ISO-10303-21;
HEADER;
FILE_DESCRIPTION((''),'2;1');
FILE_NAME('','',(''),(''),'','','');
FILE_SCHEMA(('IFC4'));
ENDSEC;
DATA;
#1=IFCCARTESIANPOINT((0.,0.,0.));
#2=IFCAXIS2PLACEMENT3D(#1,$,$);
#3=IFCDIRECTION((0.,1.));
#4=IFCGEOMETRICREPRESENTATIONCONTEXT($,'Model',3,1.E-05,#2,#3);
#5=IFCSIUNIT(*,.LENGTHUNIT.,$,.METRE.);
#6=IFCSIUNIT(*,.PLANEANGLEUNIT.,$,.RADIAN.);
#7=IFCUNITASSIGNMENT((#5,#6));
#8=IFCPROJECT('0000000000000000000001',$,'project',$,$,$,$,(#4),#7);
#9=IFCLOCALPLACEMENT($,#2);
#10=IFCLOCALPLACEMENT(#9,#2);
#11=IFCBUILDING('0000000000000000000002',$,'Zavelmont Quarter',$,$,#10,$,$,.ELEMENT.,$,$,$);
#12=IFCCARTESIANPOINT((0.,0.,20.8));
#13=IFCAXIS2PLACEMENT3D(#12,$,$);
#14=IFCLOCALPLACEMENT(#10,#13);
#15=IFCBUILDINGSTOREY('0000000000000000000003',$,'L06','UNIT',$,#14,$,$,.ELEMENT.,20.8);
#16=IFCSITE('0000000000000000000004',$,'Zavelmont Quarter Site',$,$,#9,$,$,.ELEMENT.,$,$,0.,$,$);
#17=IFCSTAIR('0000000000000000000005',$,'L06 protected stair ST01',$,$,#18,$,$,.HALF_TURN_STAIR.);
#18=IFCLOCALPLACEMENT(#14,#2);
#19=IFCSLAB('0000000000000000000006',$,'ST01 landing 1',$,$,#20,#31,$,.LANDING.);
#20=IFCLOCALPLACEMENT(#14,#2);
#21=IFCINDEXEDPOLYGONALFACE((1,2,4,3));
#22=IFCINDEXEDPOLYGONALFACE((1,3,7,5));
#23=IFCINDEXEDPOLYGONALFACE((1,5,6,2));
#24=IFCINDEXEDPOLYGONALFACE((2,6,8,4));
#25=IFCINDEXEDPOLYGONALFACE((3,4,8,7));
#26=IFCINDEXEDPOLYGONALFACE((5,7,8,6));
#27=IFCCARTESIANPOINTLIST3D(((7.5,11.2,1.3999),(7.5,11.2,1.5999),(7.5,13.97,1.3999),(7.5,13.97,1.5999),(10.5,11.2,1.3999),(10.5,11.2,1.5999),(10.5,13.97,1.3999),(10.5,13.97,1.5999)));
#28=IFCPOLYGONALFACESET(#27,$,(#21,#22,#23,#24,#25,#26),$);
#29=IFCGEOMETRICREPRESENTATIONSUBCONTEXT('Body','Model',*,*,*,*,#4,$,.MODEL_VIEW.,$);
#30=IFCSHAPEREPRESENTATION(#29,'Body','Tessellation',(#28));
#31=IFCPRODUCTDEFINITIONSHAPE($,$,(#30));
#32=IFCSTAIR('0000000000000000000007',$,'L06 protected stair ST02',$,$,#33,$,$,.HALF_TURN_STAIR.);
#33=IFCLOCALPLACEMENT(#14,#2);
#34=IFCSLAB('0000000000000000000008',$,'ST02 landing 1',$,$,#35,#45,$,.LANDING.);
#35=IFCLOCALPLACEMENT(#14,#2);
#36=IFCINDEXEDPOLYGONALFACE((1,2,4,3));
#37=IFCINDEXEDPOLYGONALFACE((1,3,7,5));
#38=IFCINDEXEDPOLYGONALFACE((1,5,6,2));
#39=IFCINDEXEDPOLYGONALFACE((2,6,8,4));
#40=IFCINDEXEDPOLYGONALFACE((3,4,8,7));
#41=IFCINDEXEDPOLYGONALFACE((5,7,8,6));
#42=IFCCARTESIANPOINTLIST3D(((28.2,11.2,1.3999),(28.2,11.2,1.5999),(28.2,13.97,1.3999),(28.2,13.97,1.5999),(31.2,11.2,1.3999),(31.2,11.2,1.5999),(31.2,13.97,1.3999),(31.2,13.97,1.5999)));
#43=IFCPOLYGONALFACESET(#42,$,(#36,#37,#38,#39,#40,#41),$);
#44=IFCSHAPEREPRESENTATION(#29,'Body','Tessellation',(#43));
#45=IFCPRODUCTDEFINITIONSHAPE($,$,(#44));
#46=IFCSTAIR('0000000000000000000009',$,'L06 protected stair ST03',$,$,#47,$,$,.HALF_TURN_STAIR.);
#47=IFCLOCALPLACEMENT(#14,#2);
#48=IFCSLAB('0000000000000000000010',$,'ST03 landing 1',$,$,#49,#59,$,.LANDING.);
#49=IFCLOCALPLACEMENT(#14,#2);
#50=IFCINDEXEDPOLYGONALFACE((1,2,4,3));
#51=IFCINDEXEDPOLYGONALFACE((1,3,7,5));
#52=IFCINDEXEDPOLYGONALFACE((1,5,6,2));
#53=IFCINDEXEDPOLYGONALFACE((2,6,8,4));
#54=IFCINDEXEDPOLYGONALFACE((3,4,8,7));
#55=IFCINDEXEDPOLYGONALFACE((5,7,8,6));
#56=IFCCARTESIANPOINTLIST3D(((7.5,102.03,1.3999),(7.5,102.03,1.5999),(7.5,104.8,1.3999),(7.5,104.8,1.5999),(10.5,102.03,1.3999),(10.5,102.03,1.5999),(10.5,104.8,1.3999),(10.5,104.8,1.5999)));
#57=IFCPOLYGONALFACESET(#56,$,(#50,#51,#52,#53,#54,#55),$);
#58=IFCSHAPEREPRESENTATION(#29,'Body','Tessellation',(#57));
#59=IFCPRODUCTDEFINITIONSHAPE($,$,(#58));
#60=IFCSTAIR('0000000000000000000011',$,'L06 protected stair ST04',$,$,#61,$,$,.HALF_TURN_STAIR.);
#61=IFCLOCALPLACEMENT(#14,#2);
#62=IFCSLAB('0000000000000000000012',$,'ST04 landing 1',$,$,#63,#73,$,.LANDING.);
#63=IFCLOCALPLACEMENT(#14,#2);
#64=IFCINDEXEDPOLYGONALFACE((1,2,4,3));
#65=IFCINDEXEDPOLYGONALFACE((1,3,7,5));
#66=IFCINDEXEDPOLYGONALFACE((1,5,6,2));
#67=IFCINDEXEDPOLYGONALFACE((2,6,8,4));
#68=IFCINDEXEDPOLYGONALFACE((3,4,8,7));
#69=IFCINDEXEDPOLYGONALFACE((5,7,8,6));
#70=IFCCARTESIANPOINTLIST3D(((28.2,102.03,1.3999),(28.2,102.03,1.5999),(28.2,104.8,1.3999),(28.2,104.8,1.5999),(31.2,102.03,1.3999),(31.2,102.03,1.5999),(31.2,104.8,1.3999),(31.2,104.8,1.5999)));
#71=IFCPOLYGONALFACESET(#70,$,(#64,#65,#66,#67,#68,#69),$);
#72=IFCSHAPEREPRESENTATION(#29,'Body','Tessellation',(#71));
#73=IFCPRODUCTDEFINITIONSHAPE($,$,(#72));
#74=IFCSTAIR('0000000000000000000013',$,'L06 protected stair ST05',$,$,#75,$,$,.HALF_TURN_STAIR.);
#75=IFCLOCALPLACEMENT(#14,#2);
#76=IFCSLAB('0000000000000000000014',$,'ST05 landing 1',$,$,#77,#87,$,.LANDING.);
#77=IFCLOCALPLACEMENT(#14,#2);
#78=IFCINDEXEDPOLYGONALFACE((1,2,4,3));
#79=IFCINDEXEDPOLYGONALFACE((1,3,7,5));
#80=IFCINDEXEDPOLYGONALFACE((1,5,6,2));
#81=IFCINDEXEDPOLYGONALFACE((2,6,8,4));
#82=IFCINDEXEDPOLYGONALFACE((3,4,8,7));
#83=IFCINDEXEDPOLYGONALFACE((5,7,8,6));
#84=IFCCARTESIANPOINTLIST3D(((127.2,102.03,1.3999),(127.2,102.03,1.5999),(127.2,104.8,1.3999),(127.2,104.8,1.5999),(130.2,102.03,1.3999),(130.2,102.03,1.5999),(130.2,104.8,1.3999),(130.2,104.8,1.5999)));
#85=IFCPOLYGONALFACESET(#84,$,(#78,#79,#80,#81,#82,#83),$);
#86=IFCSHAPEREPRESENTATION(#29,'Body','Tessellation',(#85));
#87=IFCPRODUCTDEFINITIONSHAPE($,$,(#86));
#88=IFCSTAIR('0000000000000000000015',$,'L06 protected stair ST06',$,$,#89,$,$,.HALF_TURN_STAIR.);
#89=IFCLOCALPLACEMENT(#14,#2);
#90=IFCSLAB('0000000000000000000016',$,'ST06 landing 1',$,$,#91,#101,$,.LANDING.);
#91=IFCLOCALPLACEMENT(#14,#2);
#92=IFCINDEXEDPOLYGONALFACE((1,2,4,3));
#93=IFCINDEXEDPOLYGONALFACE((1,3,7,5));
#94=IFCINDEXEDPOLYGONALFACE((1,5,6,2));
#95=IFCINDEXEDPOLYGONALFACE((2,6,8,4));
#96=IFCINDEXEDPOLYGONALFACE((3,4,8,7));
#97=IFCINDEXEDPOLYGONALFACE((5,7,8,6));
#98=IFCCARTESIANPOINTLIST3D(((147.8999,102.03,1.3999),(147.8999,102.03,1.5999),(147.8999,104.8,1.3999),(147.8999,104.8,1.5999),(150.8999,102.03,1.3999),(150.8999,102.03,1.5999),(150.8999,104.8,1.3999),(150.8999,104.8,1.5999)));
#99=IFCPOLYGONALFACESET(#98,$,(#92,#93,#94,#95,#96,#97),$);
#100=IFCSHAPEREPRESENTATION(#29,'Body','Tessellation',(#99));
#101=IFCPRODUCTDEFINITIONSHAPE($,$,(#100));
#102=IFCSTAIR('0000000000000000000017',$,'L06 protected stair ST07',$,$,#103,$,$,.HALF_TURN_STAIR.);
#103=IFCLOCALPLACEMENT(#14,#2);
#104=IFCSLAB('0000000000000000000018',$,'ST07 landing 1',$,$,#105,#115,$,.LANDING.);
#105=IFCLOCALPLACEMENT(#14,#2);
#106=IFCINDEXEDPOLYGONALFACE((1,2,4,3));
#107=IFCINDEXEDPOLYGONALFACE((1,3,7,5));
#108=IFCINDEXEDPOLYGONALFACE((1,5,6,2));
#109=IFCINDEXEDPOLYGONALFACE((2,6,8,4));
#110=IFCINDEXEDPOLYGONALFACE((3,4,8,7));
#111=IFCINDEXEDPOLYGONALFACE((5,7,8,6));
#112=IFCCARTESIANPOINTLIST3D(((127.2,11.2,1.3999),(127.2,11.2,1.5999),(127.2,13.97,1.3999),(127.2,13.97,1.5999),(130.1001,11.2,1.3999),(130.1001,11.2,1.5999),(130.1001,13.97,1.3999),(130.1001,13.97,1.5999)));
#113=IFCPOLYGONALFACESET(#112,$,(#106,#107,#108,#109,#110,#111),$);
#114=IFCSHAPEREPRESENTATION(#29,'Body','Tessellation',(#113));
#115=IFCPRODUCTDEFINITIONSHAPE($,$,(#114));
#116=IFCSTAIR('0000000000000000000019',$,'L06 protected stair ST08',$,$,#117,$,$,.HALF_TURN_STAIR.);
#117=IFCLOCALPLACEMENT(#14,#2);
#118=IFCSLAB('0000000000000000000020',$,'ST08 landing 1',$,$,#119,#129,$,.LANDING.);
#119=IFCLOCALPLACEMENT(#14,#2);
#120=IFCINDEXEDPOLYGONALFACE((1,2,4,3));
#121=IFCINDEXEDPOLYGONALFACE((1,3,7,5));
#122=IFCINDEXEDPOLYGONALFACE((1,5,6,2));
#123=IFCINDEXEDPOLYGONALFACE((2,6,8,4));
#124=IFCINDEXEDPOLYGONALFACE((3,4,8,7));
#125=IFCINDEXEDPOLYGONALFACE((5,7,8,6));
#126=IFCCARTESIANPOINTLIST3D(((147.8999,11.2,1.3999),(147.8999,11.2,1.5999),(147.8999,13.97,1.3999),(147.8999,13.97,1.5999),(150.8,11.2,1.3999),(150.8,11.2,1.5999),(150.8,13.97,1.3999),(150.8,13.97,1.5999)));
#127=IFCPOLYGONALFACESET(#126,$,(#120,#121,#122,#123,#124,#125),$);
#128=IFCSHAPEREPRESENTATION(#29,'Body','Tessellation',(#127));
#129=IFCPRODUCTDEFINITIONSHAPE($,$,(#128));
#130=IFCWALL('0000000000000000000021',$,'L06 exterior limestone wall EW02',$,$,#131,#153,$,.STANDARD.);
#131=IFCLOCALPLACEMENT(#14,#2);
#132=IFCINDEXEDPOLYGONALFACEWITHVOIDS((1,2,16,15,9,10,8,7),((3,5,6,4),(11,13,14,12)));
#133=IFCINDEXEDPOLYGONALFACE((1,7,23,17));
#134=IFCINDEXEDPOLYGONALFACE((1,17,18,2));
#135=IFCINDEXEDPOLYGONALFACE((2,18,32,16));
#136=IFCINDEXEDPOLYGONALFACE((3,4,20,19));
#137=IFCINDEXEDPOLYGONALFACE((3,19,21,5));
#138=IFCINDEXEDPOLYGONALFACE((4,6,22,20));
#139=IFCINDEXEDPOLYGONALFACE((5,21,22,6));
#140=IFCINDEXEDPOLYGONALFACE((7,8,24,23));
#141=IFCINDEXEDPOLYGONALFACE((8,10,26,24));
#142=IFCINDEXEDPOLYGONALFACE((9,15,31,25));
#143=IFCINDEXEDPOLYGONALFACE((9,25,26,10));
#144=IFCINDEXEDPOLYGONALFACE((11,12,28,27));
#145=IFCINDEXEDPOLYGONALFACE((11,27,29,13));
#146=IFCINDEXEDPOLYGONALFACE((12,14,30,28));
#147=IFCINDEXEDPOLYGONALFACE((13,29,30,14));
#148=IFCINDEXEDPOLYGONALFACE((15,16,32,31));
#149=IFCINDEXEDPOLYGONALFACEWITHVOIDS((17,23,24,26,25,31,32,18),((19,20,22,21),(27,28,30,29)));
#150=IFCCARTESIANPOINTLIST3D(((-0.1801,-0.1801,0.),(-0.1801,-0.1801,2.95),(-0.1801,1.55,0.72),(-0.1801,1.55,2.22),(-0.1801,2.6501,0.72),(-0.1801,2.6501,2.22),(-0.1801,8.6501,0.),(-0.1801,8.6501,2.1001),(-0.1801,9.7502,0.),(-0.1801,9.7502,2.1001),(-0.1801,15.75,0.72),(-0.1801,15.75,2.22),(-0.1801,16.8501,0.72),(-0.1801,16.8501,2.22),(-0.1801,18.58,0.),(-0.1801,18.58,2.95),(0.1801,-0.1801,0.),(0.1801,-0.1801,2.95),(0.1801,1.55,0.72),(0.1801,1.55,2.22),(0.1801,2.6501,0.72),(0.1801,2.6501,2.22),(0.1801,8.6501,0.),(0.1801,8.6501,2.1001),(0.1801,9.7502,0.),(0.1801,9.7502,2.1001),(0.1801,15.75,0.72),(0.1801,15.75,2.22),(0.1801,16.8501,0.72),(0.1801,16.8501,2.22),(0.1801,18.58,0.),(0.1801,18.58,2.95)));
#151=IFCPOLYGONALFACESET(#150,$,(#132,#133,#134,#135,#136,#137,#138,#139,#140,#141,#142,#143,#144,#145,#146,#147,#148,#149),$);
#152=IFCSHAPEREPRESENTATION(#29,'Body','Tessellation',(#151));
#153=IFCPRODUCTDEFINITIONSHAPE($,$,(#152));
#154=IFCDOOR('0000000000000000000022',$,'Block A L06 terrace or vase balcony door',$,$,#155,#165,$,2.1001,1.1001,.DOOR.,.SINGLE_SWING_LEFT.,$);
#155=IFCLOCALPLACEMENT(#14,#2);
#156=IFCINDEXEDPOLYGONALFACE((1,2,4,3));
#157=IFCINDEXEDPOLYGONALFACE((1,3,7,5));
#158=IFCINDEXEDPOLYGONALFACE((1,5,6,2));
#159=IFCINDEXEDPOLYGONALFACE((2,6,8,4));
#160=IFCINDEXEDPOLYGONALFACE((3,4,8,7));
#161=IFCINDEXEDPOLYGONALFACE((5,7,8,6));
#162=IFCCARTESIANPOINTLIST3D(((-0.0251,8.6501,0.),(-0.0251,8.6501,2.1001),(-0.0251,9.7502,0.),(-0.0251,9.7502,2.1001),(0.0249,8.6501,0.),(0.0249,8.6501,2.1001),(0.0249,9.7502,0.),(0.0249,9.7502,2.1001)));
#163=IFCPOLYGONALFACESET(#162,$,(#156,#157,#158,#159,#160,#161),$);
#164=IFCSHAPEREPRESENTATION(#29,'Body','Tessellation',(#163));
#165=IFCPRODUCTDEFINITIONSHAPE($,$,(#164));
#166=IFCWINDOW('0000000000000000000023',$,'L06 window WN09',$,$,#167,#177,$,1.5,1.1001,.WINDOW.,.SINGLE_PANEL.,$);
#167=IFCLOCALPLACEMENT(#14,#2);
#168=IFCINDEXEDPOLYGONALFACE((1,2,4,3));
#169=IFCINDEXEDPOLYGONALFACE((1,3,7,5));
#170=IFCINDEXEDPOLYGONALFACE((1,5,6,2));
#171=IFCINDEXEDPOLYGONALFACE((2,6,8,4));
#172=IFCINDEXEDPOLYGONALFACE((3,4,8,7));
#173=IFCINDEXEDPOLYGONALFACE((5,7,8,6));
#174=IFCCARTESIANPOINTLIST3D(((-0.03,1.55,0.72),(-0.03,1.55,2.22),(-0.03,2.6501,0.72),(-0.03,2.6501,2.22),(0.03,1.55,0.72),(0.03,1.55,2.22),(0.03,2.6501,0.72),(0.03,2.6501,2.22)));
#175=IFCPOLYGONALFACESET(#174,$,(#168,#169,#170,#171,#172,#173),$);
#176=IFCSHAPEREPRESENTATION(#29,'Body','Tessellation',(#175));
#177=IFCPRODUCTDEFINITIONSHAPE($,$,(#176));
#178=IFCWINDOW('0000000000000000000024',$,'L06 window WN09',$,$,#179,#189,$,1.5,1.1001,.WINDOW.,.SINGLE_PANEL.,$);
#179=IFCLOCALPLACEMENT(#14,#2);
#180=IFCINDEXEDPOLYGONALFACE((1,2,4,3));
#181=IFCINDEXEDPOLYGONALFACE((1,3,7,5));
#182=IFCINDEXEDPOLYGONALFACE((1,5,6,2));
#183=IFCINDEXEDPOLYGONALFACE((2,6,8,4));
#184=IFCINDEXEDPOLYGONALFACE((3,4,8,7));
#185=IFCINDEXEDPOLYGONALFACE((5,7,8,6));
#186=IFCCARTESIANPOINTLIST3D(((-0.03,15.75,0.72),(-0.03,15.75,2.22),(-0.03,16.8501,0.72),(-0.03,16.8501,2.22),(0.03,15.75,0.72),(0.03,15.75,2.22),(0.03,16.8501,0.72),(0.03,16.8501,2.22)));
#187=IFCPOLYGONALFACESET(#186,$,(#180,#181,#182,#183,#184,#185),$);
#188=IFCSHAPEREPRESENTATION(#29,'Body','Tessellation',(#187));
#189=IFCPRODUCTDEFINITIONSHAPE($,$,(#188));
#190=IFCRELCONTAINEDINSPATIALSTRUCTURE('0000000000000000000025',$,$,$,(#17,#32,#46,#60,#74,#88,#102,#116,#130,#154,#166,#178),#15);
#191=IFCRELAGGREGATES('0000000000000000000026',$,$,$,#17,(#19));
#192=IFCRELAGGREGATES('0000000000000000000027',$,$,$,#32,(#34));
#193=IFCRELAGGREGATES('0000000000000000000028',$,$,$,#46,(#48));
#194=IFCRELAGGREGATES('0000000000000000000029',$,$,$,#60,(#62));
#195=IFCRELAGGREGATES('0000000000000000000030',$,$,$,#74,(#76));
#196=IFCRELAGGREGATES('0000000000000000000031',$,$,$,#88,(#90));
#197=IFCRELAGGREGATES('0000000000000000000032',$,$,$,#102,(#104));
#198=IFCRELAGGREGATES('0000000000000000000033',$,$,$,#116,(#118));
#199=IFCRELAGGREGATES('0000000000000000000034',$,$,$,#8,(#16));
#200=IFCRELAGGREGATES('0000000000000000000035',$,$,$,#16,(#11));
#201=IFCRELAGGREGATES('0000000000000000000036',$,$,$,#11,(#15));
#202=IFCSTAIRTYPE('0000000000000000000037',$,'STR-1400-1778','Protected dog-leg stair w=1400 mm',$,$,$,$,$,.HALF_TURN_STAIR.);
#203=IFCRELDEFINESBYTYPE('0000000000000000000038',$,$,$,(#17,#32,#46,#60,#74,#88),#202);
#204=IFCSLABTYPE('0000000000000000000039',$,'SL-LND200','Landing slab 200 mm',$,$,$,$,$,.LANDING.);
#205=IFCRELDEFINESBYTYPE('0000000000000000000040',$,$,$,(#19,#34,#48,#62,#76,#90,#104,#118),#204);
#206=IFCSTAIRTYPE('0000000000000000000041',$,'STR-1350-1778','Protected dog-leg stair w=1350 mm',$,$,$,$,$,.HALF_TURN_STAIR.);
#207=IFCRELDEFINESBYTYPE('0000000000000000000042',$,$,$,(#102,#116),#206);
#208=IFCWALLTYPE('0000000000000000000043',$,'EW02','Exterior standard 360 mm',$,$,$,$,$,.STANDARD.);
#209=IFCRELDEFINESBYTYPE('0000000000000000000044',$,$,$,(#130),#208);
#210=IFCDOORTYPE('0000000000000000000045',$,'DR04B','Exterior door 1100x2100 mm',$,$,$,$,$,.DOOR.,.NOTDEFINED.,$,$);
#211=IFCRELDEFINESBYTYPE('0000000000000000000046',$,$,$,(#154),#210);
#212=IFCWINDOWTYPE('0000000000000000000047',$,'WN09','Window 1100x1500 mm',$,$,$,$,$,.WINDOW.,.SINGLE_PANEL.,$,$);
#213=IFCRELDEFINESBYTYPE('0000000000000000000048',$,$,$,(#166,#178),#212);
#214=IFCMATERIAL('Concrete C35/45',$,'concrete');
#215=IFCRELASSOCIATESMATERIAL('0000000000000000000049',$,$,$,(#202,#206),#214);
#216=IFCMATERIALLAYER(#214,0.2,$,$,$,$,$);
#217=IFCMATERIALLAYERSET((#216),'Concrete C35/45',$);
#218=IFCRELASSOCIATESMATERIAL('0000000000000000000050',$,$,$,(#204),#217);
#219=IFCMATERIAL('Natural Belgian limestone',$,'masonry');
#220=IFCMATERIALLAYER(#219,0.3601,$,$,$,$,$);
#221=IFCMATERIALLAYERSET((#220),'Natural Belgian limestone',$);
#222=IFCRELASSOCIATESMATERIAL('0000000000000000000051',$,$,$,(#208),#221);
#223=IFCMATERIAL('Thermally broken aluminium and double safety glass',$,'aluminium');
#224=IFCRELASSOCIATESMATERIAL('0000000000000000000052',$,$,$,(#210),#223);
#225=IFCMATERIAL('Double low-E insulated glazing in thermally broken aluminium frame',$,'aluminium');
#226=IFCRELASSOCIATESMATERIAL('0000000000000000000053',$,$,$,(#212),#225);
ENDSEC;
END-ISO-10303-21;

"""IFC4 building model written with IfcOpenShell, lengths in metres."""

from ifc_helpers import new_model, si_unit, direction, frame, frame_2d, origin, origin_with_axes, place, context, subcontext, project, spatial, polyline, rectangle, outline, extrude, material, layer, layer_set, type_object, element, fill, aggregate, save


model = new_model("IFC4")

# Units and contexts
model_context = context("Model", 3, precision=1e-05, world=origin(), true_north=direction((0.0, 1.0)))
body_context = subcontext(model_context, "Body", "Model", "MODEL_VIEW")
ifc_project = project(units=[si_unit("LENGTHUNIT", "METRE"), si_unit("PLANEANGLEUNIT", "RADIAN")], contexts=[model_context])

# Site, building, storey
site_placement = place(None, origin())
site = spatial("IfcSite", under=ifc_project, at=site_placement, Name="Zavelmont Quarter Site", CompositionType="ELEMENT", RefElevation=0.0)
building_placement = place(site_placement, origin())
building = spatial("IfcBuilding", under=site, at=building_placement, Name="Zavelmont Quarter", CompositionType="ELEMENT")
storey_placement = place(building_placement, frame((0.0, 0.0, 20.8)))
storey = spatial("IfcBuildingStorey", under=building, at=storey_placement, Name="L06", Description="UNIT", CompositionType="ELEMENT", Elevation=20.8)

# Stairs, slabs
ifc_material_1 = material(Name="Concrete C35/45", Category="concrete")
stair_type_1 = type_object("IfcStairType", Name="STR-1400-1778", Description="Protected dog-leg stair w=1400 mm", PredefinedType="HALF_TURN_STAIR", material=ifc_material_1)
stair_1_placement = place(storey_placement, origin())
stair_1 = element("IfcStair", 1, at=stair_1_placement, inside=storey, type_object=stair_type_1, Name="L06 protected stair ST01", PredefinedType="HALF_TURN_STAIR")
ifc_layer_1 = layer(ifc_material_1, 0.2)
ifc_layer_set_1 = layer_set([ifc_layer_1], Name="Concrete C35/45")
slab_type = type_object("IfcSlabType", Name="SL-LND200", Description="Landing slab 200 mm", PredefinedType="LANDING", material=ifc_layer_set_1)
slab_1_placement = place(storey_placement, frame((0.0, 0.0, 1.3999)))
slab_1 = element("IfcSlab", 2, at=slab_1_placement, type_object=slab_type, Name="ST01 landing 1", PredefinedType="LANDING", context=body_context, shape_type="SweptSolid", body=[
    extrude(outline(polyline([(7.5, 13.97), (7.5, 11.2), (10.5, 11.2), (10.5, 13.97), (7.5, 13.97)])), origin(), (0.0, 0.0, 1.0), 0.2),
])
aggregate(stair_1, [slab_1])
stair_2_placement = place(storey_placement, origin())
stair_2 = element("IfcStair", 3, at=stair_2_placement, inside=storey, type_object=stair_type_1, Name="L06 protected stair ST02", PredefinedType="HALF_TURN_STAIR")
slab_2_placement = place(storey_placement, frame((0.0, 0.0, 1.3999)))
slab_2 = element("IfcSlab", 4, at=slab_2_placement, type_object=slab_type, Name="ST02 landing 1", PredefinedType="LANDING", context=body_context, shape_type="SweptSolid", body=[
    extrude(outline(polyline([(28.2, 13.97), (28.2, 11.2), (31.2, 11.2), (31.2, 13.97), (28.2, 13.97)])), origin(), (0.0, 0.0, 1.0), 0.2),
])
aggregate(stair_2, [slab_2])
stair_3_placement = place(storey_placement, origin())
stair_3 = element("IfcStair", 5, at=stair_3_placement, inside=storey, type_object=stair_type_1, Name="L06 protected stair ST03", PredefinedType="HALF_TURN_STAIR")
slab_3_placement = place(storey_placement, frame((0.0, 0.0, 1.3999)))
slab_3 = element("IfcSlab", 6, at=slab_3_placement, type_object=slab_type, Name="ST03 landing 1", PredefinedType="LANDING", context=body_context, shape_type="SweptSolid", body=[
    extrude(outline(polyline([(10.5, 102.03), (10.5, 104.8), (7.5, 104.8), (7.5, 102.03), (10.5, 102.03)])), origin(), (0.0, 0.0, 1.0), 0.2),
])
aggregate(stair_3, [slab_3])
stair_4_placement = place(storey_placement, origin())
stair_4 = element("IfcStair", 7, at=stair_4_placement, inside=storey, type_object=stair_type_1, Name="L06 protected stair ST04", PredefinedType="HALF_TURN_STAIR")
slab_4_placement = place(storey_placement, frame((0.0, 0.0, 1.3999)))
slab_4 = element("IfcSlab", 8, at=slab_4_placement, type_object=slab_type, Name="ST04 landing 1", PredefinedType="LANDING", context=body_context, shape_type="SweptSolid", body=[
    extrude(outline(polyline([(31.2, 102.03), (31.2, 104.8), (28.2, 104.8), (28.2, 102.03), (31.2, 102.03)])), origin(), (0.0, 0.0, 1.0), 0.2),
])
aggregate(stair_4, [slab_4])
stair_5_placement = place(storey_placement, origin())
stair_5 = element("IfcStair", 9, at=stair_5_placement, inside=storey, type_object=stair_type_1, Name="L06 protected stair ST05", PredefinedType="HALF_TURN_STAIR")
slab_5_placement = place(storey_placement, frame((0.0, 0.0, 1.3999)))
slab_5 = element("IfcSlab", 10, at=slab_5_placement, type_object=slab_type, Name="ST05 landing 1", PredefinedType="LANDING", context=body_context, shape_type="SweptSolid", body=[
    extrude(outline(polyline([(130.2, 102.03), (130.2, 104.8), (127.2, 104.8), (127.2, 102.03), (130.2, 102.03)])), origin(), (0.0, 0.0, 1.0), 0.2),
])
aggregate(stair_5, [slab_5])
stair_6_placement = place(storey_placement, origin())
stair_6 = element("IfcStair", 11, at=stair_6_placement, inside=storey, type_object=stair_type_1, Name="L06 protected stair ST06", PredefinedType="HALF_TURN_STAIR")
slab_6_placement = place(storey_placement, frame((0.0, 0.0, 1.3999)))
slab_6 = element("IfcSlab", 12, at=slab_6_placement, type_object=slab_type, Name="ST06 landing 1", PredefinedType="LANDING", context=body_context, shape_type="SweptSolid", body=[
    extrude(outline(polyline([(150.8999, 102.03), (150.8999, 104.8), (147.8999, 104.8), (147.8999, 102.03), (150.8999, 102.03)])), origin(), (0.0, 0.0, 1.0), 0.2),
])
aggregate(stair_6, [slab_6])
stair_type_2 = type_object("IfcStairType", Name="STR-1350-1778", Description="Protected dog-leg stair w=1350 mm", PredefinedType="HALF_TURN_STAIR", material=ifc_material_1)
stair_7_placement = place(storey_placement, origin())
stair_7 = element("IfcStair", 13, at=stair_7_placement, inside=storey, type_object=stair_type_2, Name="L06 protected stair ST07", PredefinedType="HALF_TURN_STAIR")
slab_7_placement = place(storey_placement, frame((0.0, 0.0, 1.3999)))
slab_7 = element("IfcSlab", 14, at=slab_7_placement, type_object=slab_type, Name="ST07 landing 1", PredefinedType="LANDING", context=body_context, shape_type="SweptSolid", body=[
    extrude(outline(polyline([(127.2, 13.97), (127.2, 11.2), (130.1001, 11.2), (130.1001, 13.97), (127.2, 13.97)])), origin(), (0.0, 0.0, 1.0), 0.2),
])
aggregate(stair_7, [slab_7])
stair_8_placement = place(storey_placement, origin())
stair_8 = element("IfcStair", 15, at=stair_8_placement, inside=storey, type_object=stair_type_2, Name="L06 protected stair ST08", PredefinedType="HALF_TURN_STAIR")
slab_8_placement = place(storey_placement, frame((0.0, 0.0, 1.3999)))
slab_8 = element("IfcSlab", 16, at=slab_8_placement, type_object=slab_type, Name="ST08 landing 1", PredefinedType="LANDING", context=body_context, shape_type="SweptSolid", body=[
    extrude(outline(polyline([(147.8999, 13.97), (147.8999, 11.2), (150.8, 11.2), (150.8, 13.97), (147.8999, 13.97)])), origin(), (0.0, 0.0, 1.0), 0.2),
])
aggregate(stair_8, [slab_8])

# Wall, openings, door, windows
ifc_material_2 = material(Name="Natural Belgian limestone", Category="masonry")
ifc_layer_2 = layer(ifc_material_2, 0.3601)
ifc_layer_set_2 = layer_set([ifc_layer_2], Name="Natural Belgian limestone")
wall_type = type_object("IfcWallType", Name="EW02", Description="Exterior standard 360 mm", PredefinedType="STANDARD", material=ifc_layer_set_2)
wall_placement = place(storey_placement, frame((0.0, -0.1799, 0.0), z_axis=(0.0, 0.0, 1.0), x_axis=(0.0, 1.0, 0.0)))
wall = element("IfcWall", 17, at=wall_placement, inside=storey, type_object=wall_type, Name="L06 exterior limestone wall EW02", PredefinedType="STANDARD", context=body_context, shape_type="SweptSolid", body=[
    extrude(rectangle(XDim=18.76, YDim=0.3601, at=frame_2d((9.3799, 0.0))), origin(), (0.0, 0.0, 1.0), 2.95),
])
opening_1_placement = place(wall_placement, frame((8.8301, 0.0, 0.0)))
opening_1 = element("IfcOpeningElement", 18, at=opening_1_placement, cuts=wall, PredefinedType="OPENING", context=body_context, shape_type="SweptSolid", body=[
    extrude(rectangle(XDim=1.1001, YDim=2.1001, at=frame_2d((0.55, 1.05))), frame((0.0, 0.1919, 0.0), z_axis=(0.0, -1.0, 0.0), x_axis=(1.0, 0.0, 0.0)), (0.0, 0.0, 1.0), 0.384),
])
opening_2_placement = place(wall_placement, frame((1.73, 0.0, 0.72)))
opening_2 = element("IfcOpeningElement", 19, at=opening_2_placement, cuts=wall, PredefinedType="OPENING", context=body_context, shape_type="SweptSolid", body=[
    extrude(rectangle(XDim=1.1001, YDim=1.5, at=frame_2d((0.55, 0.75))), frame((0.0, 0.1919, 0.0), z_axis=(0.0, -1.0, 0.0), x_axis=(1.0, 0.0, 0.0)), (0.0, 0.0, 1.0), 0.384),
])
opening_3_placement = place(wall_placement, frame((15.9299, 0.0, 0.72)))
opening_3 = element("IfcOpeningElement", 20, at=opening_3_placement, cuts=wall, PredefinedType="OPENING", context=body_context, shape_type="SweptSolid", body=[
    extrude(rectangle(XDim=1.1001, YDim=1.5, at=frame_2d((0.55, 0.75))), frame((0.0, 0.1919, 0.0), z_axis=(0.0, -1.0, 0.0), x_axis=(1.0, 0.0, 0.0)), (0.0, 0.0, 1.0), 0.384),
])
ifc_material_3 = material(Name="Thermally broken aluminium and double safety glass", Category="aluminium")
door_type = type_object("IfcDoorType", Name="DR04B", Description="Exterior door 1100x2100 mm", OperationType="NOTDEFINED", PredefinedType="DOOR", material=ifc_material_3)
door_placement = place(opening_1_placement, frame((1.1001, 0.0, 0.0), z_axis=(0.0, 0.0, 1.0), x_axis=(-1.0, 0.0, 0.0)))
door = element("IfcDoor", 21, at=door_placement, inside=storey, type_object=door_type, Name="Block A L06 terrace or vase balcony door", OperationType="SINGLE_SWING_LEFT", OverallHeight=2.1001, OverallWidth=1.1001, PredefinedType="DOOR", context=body_context, shape_type="SweptSolid", body=[
    extrude(rectangle(XDim=1.1001, YDim=2.1001, at=frame_2d((0.55, 1.05))), frame((0.0, 0.0249, 0.0), z_axis=(0.0, -1.0, 0.0), x_axis=(1.0, 0.0, 0.0)), (0.0, 0.0, 1.0), 0.05),
])
fill(opening_1, door)
ifc_material_4 = material(Name="Double low-E insulated glazing in thermally broken aluminium frame", Category="aluminium")
window_type = type_object("IfcWindowType", Name="WN09", Description="Window 1100x1500 mm", PartitioningType="SINGLE_PANEL", PredefinedType="WINDOW", material=ifc_material_4)
window_1_placement = place(opening_2_placement, origin_with_axes())
window_1 = element("IfcWindow", 22, at=window_1_placement, inside=storey, type_object=window_type, Name="L06 window WN09", OverallHeight=1.5, OverallWidth=1.1001, PartitioningType="SINGLE_PANEL", PredefinedType="WINDOW", context=body_context, shape_type="SweptSolid", body=[
    extrude(rectangle(XDim=1.1001, YDim=1.5, at=frame_2d((0.55, 0.75))), frame((0.0, 0.03, 0.0), z_axis=(0.0, -1.0, 0.0), x_axis=(1.0, 0.0, 0.0)), (0.0, 0.0, 1.0), 0.0601),
])
fill(opening_2, window_1)
window_2_placement = place(opening_3_placement, origin_with_axes())
window_2 = element("IfcWindow", 23, at=window_2_placement, inside=storey, type_object=window_type, Name="L06 window WN09", OverallHeight=1.5, OverallWidth=1.1001, PartitioningType="SINGLE_PANEL", PredefinedType="WINDOW", context=body_context, shape_type="SweptSolid", body=[
    extrude(rectangle(XDim=1.1001, YDim=1.5, at=frame_2d((0.55, 0.75))), frame((0.0, 0.03, 0.0), z_axis=(0.0, -1.0, 0.0), x_axis=(1.0, 0.0, 0.0)), (0.0, 0.0, 1.0), 0.0601),
])
fill(opening_3, window_2)

save(model, "model.ifc")
